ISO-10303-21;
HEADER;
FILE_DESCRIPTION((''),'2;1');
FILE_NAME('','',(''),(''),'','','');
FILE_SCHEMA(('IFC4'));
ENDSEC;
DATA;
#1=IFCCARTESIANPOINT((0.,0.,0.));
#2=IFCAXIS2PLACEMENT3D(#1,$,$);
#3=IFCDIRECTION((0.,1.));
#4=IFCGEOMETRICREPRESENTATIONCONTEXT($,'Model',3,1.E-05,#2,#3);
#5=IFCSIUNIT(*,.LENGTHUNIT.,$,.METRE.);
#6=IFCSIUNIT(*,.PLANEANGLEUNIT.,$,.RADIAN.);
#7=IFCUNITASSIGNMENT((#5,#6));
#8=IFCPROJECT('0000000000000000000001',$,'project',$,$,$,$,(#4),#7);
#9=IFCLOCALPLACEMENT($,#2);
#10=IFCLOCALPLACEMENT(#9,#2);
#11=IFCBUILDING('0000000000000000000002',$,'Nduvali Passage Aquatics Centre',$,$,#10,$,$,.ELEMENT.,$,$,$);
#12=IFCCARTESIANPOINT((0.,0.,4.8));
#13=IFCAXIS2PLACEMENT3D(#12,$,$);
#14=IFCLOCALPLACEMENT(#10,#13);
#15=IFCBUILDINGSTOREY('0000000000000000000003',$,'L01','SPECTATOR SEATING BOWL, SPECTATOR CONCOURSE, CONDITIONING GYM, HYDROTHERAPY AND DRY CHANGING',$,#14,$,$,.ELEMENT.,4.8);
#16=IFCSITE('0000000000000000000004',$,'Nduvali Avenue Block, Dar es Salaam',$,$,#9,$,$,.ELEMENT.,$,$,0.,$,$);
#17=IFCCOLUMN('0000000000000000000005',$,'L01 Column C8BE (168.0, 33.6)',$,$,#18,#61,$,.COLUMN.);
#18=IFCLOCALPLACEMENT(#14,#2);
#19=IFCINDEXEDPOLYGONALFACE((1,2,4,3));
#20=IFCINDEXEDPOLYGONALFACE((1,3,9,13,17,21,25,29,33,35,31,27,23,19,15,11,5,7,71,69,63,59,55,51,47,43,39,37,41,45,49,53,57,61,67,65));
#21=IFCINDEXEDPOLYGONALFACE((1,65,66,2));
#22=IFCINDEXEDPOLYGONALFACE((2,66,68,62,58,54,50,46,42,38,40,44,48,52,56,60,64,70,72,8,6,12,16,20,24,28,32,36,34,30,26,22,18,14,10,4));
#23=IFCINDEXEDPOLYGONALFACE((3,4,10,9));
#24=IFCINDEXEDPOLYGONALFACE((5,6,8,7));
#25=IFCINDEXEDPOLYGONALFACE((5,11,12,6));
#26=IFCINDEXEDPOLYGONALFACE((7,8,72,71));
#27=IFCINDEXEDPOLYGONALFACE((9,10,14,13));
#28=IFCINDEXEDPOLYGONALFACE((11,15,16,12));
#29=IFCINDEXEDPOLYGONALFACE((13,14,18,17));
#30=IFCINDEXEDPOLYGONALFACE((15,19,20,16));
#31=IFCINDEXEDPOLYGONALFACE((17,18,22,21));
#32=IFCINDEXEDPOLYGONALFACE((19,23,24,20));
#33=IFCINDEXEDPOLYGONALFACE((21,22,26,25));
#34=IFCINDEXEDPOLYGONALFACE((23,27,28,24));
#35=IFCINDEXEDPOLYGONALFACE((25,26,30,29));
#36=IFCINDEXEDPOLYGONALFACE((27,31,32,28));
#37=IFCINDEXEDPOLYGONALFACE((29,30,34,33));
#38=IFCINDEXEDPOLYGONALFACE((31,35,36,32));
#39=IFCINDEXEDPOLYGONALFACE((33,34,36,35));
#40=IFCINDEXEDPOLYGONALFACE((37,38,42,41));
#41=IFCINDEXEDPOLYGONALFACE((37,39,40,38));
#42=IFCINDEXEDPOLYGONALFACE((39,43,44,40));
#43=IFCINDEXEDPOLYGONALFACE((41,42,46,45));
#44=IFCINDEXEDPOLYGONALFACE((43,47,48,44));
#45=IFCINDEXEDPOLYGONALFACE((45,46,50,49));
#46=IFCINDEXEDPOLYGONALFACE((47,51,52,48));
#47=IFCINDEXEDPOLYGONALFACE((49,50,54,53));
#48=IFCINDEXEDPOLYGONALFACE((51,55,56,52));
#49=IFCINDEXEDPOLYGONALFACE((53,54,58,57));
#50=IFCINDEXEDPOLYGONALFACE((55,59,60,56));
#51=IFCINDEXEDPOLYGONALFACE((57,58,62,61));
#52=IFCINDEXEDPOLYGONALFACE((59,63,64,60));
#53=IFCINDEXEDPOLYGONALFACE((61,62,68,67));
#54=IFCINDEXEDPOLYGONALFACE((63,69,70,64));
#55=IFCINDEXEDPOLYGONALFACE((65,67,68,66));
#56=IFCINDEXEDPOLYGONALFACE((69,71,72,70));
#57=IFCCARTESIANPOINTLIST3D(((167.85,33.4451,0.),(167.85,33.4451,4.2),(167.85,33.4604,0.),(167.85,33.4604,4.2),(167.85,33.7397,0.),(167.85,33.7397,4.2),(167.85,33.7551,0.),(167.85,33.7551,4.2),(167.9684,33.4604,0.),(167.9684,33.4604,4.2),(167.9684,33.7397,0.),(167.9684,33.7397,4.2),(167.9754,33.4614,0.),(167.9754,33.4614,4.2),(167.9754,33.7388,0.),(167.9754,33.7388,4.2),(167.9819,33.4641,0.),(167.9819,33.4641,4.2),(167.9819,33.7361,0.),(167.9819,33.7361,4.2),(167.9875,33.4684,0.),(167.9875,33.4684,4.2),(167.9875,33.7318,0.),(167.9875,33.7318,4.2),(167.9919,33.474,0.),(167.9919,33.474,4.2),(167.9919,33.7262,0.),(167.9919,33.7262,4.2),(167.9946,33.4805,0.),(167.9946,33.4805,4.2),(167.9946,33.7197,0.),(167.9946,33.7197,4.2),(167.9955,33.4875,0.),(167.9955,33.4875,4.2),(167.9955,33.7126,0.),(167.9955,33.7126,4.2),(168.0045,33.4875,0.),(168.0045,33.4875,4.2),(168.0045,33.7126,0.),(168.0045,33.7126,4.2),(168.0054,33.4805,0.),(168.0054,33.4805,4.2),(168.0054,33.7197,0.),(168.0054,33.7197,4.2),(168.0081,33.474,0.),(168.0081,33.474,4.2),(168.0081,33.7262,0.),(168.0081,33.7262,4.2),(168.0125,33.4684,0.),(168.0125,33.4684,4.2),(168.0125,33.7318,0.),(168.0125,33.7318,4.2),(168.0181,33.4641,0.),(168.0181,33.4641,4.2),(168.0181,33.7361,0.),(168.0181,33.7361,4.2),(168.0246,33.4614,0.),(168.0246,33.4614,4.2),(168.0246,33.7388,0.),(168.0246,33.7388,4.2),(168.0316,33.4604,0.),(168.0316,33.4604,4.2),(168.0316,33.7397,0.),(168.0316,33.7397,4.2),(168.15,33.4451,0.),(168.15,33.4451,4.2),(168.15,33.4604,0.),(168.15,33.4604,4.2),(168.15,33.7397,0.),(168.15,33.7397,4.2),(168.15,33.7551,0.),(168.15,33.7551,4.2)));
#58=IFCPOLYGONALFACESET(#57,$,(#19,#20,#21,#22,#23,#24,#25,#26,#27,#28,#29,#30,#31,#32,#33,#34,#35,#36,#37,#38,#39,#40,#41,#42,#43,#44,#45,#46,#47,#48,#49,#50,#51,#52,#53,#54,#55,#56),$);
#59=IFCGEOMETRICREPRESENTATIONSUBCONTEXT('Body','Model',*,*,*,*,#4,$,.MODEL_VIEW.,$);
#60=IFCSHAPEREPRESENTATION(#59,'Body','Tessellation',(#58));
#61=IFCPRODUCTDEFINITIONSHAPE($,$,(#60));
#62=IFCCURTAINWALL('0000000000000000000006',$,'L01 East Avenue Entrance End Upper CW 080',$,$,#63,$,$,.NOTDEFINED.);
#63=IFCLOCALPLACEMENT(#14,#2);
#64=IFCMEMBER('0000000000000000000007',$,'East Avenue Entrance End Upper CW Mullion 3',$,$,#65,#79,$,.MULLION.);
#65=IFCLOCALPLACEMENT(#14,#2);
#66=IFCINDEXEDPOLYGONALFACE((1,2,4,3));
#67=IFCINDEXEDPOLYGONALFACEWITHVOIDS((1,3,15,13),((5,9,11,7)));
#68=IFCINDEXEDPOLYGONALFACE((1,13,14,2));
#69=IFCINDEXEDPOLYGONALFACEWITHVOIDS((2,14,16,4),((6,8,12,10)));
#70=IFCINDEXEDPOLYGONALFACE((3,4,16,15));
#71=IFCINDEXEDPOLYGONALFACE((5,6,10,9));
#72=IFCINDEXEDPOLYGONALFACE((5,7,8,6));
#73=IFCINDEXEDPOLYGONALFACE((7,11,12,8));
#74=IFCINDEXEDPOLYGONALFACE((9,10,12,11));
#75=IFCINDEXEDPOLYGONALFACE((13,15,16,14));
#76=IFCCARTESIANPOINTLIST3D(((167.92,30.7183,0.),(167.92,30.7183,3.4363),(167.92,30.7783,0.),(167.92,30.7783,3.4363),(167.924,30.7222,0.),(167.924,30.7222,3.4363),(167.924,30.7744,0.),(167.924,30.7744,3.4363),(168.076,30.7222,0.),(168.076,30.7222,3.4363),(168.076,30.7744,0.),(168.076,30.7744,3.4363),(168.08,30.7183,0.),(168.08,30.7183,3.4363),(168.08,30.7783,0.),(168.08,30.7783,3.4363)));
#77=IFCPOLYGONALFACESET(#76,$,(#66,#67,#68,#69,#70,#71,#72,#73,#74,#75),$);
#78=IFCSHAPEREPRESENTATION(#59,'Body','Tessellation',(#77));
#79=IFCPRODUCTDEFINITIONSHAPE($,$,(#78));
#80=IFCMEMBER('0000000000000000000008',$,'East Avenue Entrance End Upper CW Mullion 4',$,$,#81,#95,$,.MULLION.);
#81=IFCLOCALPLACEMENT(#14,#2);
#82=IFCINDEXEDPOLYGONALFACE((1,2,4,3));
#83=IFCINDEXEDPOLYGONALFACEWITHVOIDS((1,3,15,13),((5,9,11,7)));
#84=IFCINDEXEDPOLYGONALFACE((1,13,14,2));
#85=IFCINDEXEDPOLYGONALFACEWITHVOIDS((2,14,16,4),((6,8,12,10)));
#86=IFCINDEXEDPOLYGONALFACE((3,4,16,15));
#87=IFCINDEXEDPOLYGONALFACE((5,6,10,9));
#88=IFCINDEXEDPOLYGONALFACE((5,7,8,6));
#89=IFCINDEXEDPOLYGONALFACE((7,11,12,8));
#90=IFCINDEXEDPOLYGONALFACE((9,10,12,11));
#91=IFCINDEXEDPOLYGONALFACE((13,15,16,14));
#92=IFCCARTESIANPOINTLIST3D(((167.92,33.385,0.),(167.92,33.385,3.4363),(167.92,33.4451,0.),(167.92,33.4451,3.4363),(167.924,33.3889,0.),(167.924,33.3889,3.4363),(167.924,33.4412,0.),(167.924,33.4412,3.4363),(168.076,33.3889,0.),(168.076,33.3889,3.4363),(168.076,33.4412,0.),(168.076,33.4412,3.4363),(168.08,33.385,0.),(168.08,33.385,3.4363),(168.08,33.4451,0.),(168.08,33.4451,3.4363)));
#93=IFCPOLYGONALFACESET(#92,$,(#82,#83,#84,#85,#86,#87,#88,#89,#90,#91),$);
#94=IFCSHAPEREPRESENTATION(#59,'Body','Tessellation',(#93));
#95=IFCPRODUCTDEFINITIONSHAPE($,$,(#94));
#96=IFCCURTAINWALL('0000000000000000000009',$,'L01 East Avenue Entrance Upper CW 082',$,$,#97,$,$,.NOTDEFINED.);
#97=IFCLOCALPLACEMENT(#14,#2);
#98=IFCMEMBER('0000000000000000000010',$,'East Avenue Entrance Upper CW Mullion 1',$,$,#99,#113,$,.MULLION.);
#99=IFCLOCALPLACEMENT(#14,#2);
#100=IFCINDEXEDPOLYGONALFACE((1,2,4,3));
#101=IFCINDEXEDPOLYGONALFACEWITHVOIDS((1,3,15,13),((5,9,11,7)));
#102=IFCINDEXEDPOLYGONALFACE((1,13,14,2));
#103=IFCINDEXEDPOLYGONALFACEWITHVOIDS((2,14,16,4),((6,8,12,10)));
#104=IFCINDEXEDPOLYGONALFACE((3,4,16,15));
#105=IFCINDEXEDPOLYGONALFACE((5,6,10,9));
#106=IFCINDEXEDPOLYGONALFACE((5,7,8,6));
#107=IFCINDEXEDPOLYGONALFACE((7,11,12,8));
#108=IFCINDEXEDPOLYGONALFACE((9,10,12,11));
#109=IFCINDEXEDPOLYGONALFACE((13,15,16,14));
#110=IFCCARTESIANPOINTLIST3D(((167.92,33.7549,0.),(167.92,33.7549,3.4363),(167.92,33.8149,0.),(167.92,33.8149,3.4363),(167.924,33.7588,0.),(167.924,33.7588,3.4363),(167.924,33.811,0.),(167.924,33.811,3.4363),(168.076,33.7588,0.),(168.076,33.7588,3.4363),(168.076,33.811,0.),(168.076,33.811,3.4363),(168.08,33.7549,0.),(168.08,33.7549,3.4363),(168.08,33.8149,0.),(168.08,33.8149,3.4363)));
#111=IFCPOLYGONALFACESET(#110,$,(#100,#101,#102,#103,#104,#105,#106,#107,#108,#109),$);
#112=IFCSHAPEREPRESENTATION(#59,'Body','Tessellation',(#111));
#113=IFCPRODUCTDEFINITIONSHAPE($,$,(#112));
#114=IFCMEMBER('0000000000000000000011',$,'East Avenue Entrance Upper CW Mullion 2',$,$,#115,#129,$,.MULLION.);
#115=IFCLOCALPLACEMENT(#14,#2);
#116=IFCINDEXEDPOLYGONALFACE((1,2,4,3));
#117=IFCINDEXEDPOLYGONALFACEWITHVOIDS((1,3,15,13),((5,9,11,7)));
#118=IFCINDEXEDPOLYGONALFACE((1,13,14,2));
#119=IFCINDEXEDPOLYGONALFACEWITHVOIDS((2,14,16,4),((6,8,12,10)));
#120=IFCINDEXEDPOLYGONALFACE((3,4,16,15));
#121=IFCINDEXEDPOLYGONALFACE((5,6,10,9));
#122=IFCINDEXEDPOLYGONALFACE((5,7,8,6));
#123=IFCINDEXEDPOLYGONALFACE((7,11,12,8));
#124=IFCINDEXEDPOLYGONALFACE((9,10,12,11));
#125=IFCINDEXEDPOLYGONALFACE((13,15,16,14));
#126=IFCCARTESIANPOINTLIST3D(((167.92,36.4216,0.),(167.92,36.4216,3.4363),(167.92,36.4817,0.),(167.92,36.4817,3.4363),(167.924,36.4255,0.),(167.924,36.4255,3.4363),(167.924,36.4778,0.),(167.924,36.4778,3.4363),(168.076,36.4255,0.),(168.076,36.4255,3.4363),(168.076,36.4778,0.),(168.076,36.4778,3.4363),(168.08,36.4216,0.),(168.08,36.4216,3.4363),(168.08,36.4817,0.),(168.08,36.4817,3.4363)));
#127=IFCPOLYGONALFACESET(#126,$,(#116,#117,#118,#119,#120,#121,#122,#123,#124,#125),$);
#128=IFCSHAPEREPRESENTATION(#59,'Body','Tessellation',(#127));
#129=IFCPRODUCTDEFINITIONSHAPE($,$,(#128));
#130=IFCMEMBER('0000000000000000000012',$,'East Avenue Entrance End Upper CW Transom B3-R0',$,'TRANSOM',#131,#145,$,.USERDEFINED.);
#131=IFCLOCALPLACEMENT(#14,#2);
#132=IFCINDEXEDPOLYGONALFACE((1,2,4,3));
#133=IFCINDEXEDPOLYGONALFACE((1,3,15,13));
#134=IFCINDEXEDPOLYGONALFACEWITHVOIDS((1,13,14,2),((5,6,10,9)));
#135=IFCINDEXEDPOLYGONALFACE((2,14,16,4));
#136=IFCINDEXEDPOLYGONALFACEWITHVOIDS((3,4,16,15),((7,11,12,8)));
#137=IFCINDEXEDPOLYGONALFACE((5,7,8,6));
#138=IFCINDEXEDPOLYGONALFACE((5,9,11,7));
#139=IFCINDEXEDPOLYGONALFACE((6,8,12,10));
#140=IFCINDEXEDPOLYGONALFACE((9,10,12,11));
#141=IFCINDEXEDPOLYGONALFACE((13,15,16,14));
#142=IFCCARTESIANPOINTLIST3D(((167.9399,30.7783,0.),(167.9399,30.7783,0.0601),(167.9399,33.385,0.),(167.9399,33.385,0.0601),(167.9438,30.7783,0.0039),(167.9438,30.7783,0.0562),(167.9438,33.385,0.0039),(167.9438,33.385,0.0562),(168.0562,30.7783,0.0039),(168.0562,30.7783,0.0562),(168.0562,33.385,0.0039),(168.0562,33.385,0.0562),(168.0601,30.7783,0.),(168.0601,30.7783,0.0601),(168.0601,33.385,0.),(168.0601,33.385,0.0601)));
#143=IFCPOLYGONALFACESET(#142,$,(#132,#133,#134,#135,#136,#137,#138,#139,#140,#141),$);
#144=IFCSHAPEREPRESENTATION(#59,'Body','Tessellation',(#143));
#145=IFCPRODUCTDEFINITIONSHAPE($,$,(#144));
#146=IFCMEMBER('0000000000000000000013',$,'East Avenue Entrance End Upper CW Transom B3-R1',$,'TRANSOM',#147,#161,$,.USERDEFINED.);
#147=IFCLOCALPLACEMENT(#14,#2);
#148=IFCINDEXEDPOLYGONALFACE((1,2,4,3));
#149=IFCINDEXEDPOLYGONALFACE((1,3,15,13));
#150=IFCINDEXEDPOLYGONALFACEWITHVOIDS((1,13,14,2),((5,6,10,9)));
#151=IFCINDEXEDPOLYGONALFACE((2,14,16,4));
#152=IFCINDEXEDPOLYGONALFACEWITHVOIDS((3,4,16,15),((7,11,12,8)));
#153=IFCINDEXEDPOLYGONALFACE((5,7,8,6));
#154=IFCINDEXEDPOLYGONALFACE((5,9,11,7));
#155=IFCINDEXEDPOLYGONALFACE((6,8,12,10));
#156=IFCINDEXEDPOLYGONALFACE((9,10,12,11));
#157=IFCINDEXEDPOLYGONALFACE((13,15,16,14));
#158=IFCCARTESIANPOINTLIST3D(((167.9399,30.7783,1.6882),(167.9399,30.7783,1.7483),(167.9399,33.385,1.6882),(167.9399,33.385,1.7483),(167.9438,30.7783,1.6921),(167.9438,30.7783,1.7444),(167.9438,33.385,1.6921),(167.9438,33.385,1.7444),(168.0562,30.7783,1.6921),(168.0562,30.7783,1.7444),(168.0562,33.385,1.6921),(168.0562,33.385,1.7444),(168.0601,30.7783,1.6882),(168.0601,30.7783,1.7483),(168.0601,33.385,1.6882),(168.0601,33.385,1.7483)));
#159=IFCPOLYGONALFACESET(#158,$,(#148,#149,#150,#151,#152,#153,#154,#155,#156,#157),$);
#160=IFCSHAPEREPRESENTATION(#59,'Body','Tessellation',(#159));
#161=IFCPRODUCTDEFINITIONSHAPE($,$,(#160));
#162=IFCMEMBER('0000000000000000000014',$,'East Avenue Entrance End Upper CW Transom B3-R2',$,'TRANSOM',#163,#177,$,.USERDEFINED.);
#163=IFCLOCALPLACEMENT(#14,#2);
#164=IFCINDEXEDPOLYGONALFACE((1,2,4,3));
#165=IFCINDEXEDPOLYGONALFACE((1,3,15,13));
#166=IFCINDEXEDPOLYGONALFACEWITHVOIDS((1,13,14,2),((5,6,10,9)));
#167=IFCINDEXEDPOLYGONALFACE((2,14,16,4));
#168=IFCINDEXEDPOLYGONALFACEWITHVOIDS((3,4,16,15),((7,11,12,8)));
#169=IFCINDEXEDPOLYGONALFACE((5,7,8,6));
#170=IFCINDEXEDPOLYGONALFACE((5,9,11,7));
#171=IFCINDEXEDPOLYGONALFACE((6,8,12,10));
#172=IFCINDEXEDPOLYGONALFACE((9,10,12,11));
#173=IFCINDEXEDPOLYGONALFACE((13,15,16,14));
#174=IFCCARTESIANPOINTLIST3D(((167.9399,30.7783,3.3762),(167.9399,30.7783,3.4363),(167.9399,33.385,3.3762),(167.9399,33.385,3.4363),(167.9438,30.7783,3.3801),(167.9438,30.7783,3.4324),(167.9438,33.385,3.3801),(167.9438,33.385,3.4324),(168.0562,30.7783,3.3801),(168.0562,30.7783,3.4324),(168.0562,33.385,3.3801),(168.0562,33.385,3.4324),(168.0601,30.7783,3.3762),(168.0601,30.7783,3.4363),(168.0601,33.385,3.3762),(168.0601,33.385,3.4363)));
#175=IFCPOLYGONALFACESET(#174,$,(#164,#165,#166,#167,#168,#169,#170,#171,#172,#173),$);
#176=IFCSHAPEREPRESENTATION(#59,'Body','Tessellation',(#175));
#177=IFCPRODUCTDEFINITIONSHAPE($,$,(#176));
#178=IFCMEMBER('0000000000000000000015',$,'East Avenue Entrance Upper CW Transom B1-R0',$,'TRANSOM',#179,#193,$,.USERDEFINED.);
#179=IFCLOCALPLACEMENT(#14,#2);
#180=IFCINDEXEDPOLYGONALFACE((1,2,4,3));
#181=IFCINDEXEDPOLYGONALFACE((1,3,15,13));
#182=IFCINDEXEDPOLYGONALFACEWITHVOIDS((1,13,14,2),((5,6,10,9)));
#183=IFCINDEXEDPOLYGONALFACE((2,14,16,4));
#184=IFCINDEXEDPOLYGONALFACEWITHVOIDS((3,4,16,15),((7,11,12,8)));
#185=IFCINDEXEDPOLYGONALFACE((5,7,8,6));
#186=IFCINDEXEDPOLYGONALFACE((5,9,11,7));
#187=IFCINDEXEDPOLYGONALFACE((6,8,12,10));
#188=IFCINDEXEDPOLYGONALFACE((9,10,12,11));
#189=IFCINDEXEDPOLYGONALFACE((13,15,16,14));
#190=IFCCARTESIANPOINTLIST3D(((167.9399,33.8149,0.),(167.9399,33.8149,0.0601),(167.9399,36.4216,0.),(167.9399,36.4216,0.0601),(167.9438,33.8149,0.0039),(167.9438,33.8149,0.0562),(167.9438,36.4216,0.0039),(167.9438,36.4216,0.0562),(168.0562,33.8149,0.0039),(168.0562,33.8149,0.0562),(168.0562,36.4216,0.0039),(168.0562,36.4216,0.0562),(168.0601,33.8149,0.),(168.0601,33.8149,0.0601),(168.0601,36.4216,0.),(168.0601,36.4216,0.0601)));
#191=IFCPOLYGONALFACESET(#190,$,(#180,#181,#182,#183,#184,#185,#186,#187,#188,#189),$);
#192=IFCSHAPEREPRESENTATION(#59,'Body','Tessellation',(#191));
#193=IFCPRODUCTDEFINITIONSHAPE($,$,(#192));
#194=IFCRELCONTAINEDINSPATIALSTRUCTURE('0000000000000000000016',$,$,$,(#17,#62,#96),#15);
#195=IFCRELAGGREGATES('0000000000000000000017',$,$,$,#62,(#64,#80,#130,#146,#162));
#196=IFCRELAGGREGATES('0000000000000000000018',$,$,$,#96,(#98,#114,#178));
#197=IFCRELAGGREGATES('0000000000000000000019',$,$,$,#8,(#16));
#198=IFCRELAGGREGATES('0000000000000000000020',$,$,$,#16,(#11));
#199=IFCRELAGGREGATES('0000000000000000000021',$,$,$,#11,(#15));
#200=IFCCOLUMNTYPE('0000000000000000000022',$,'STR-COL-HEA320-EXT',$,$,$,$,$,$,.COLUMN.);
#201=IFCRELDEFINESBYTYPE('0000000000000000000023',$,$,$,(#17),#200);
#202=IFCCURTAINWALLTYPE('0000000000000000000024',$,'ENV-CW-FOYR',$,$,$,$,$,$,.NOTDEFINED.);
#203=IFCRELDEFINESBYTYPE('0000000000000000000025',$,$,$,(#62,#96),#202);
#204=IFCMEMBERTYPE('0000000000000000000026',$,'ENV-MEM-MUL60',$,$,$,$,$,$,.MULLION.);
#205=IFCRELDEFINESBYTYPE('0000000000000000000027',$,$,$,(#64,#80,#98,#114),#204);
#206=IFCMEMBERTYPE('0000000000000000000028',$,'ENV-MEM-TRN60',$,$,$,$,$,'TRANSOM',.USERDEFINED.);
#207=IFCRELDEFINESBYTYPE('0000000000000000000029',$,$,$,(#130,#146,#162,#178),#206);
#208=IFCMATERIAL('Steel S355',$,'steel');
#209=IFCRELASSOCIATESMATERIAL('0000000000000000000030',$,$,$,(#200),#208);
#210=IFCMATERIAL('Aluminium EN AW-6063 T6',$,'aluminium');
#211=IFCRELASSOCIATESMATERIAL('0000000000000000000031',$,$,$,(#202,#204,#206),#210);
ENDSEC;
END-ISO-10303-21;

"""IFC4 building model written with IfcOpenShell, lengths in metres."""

from ifc_helpers import new_model, si_unit, direction, frame, origin, origin_2d, place, context, subcontext, project, spatial, hollow_rectangle, i_section, extrude, material, material_profile, profile_set, type_object, element, aggregate, save


model = new_model("IFC4")

# Units and contexts
model_context = context("Model", 3, precision=1e-05, world=origin(), true_north=direction((0.0, 1.0)))
body_context = subcontext(model_context, "Body", "Model", "MODEL_VIEW")
ifc_project = project(units=[si_unit("LENGTHUNIT", "METRE"), si_unit("PLANEANGLEUNIT", "RADIAN")], contexts=[model_context])

# Site, building, storey
site_placement = place(None, origin())
site = spatial("IfcSite", under=ifc_project, at=site_placement, Name="Nduvali Avenue Block, Dar es Salaam", CompositionType="ELEMENT", RefElevation=0.0)
building_placement = place(site_placement, origin())
building = spatial("IfcBuilding", under=site, at=building_placement, Name="Nduvali Passage Aquatics Centre", CompositionType="ELEMENT")
storey_placement = place(building_placement, frame((0.0, 0.0, 4.8)))
storey = spatial("IfcBuildingStorey", under=building, at=storey_placement, Name="L01", Description="SPECTATOR SEATING BOWL, SPECTATOR CONCOURSE, CONDITIONING GYM, HYDROTHERAPY AND DRY CHANGING", CompositionType="ELEMENT", Elevation=4.8)

# Column
ifc_material_1 = material(Name="Steel S355", Category="steel")
ifc_material_profile_1 = material_profile(ifc_material_1, i_section(OverallWidth=0.3, OverallDepth=0.3101, WebThickness=0.009, FlangeThickness=0.0154, FilletRadius=0.0271, at=origin_2d()), Name="HEA 320")
ifc_profile_set_1 = profile_set([ifc_material_profile_1], Name="Steel S355")
column_type = type_object("IfcColumnType", Name="STR-COL-HEA320-EXT", PredefinedType="COLUMN", material=ifc_profile_set_1)
column_placement = place(storey_placement, frame((168.0, 33.6001, 0.0), z_axis=(0.0, 0.0, 1.0), x_axis=(1.0, 0.0, 0.0)))
element("IfcColumn", 1, at=column_placement, inside=storey, type_object=column_type, Name="L01 Column C8BE (168.0, 33.6)", PredefinedType="COLUMN", context=body_context, shape_type="SweptSolid", body=[
    extrude(i_section(OverallWidth=0.3, OverallDepth=0.3101, WebThickness=0.009, FlangeThickness=0.0154, FilletRadius=0.0271, at=origin_2d()), origin(), (0.0, 0.0, 1.0), 4.2),
])

# Curtain walls, members
ifc_material_2 = material(Name="Aluminium EN AW-6063 T6", Category="aluminium")
curtain_wall_type = type_object("IfcCurtainWallType", Name="ENV-CW-FOYR", PredefinedType="NOTDEFINED", material=ifc_material_2)
curtain_wall_1_placement = place(storey_placement, origin())
curtain_wall_1 = element("IfcCurtainWall", 2, at=curtain_wall_1_placement, inside=storey, type_object=curtain_wall_type, Name="L01 East Avenue Entrance End Upper CW 080", PredefinedType="NOTDEFINED")
ifc_material_profile_2 = material_profile(ifc_material_2, hollow_rectangle(XDim=0.0601, YDim=0.1599, WallThickness=0.0039, at=origin_2d()), Name="ALU MULLION 60x160x4")
ifc_profile_set_2 = profile_set([ifc_material_profile_2], Name="Aluminium EN AW-6063 T6")
member_type_1 = type_object("IfcMemberType", Name="ENV-MEM-MUL60", PredefinedType="MULLION", material=ifc_profile_set_2)
member_1_placement = place(storey_placement, frame((168.0, 30.7483, 0.0), z_axis=(0.0, 0.0, 1.0), x_axis=(0.0, 1.0, 0.0)))
member_1 = element("IfcMember", 3, at=member_1_placement, type_object=member_type_1, Name="East Avenue Entrance End Upper CW Mullion 3", PredefinedType="MULLION", context=body_context, shape_type="SweptSolid", body=[
    extrude(hollow_rectangle(XDim=0.0601, YDim=0.1599, WallThickness=0.0039, at=origin_2d()), origin(), (0.0, 0.0, 1.0), 3.4363),
])
member_2_placement = place(storey_placement, frame((168.0, 33.415, 0.0), z_axis=(0.0, 0.0, 1.0), x_axis=(0.0, 1.0, 0.0)))
member_2 = element("IfcMember", 4, at=member_2_placement, type_object=member_type_1, Name="East Avenue Entrance End Upper CW Mullion 4", PredefinedType="MULLION", context=body_context, shape_type="SweptSolid", body=[
    extrude(hollow_rectangle(XDim=0.0601, YDim=0.1599, WallThickness=0.0039, at=origin_2d()), origin(), (0.0, 0.0, 1.0), 3.4363),
])
curtain_wall_2_placement = place(storey_placement, origin())
curtain_wall_2 = element("IfcCurtainWall", 5, at=curtain_wall_2_placement, inside=storey, type_object=curtain_wall_type, Name="L01 East Avenue Entrance Upper CW 082", PredefinedType="NOTDEFINED")
member_3_placement = place(storey_placement, frame((168.0, 33.7849, 0.0), z_axis=(0.0, 0.0, 1.0), x_axis=(0.0, 1.0, 0.0)))
member_3 = element("IfcMember", 6, at=member_3_placement, type_object=member_type_1, Name="East Avenue Entrance Upper CW Mullion 1", PredefinedType="MULLION", context=body_context, shape_type="SweptSolid", body=[
    extrude(hollow_rectangle(XDim=0.0601, YDim=0.1599, WallThickness=0.0039, at=origin_2d()), origin(), (0.0, 0.0, 1.0), 3.4363),
])
member_4_placement = place(storey_placement, frame((168.0, 36.4517, 0.0), z_axis=(0.0, 0.0, 1.0), x_axis=(0.0, 1.0, 0.0)))
member_4 = element("IfcMember", 7, at=member_4_placement, type_object=member_type_1, Name="East Avenue Entrance Upper CW Mullion 2", PredefinedType="MULLION", context=body_context, shape_type="SweptSolid", body=[
    extrude(hollow_rectangle(XDim=0.0601, YDim=0.1599, WallThickness=0.0039, at=origin_2d()), origin(), (0.0, 0.0, 1.0), 3.4363),
])

# Members
ifc_material_profile_3 = material_profile(ifc_material_2, hollow_rectangle(XDim=0.1201, YDim=0.0601, WallThickness=0.0039, at=origin_2d()), Name="ALU TRANSOM 120x60x4")
ifc_profile_set_3 = profile_set([ifc_material_profile_3], Name="Aluminium EN AW-6063 T6")
member_type_2 = type_object("IfcMemberType", Name="ENV-MEM-TRN60", ElementType="TRANSOM", PredefinedType="USERDEFINED", material=ifc_profile_set_3)
member_5_placement = place(storey_placement, frame((168.0, 30.7783, 0.03), z_axis=(0.0, 1.0, 0.0), x_axis=(-1.0, 0.0, 0.0)))
member_5 = element("IfcMember", 8, at=member_5_placement, type_object=member_type_2, Name="East Avenue Entrance End Upper CW Transom B3-R0", ObjectType="TRANSOM", PredefinedType="USERDEFINED", context=body_context, shape_type="SweptSolid", body=[
    extrude(hollow_rectangle(XDim=0.1201, YDim=0.0601, WallThickness=0.0039, at=origin_2d()), origin(), (0.0, 0.0, 1.0), 2.6067),
])
member_6_placement = place(storey_placement, frame((168.0, 30.7783, 1.7183), z_axis=(0.0, 1.0, 0.0), x_axis=(-1.0, 0.0, 0.0)))
member_6 = element("IfcMember", 9, at=member_6_placement, type_object=member_type_2, Name="East Avenue Entrance End Upper CW Transom B3-R1", ObjectType="TRANSOM", PredefinedType="USERDEFINED", context=body_context, shape_type="SweptSolid", body=[
    extrude(hollow_rectangle(XDim=0.1201, YDim=0.0601, WallThickness=0.0039, at=origin_2d()), origin(), (0.0, 0.0, 1.0), 2.6067),
])
member_7_placement = place(storey_placement, frame((168.0, 30.7783, 3.4062), z_axis=(0.0, 1.0, 0.0), x_axis=(-1.0, 0.0, 0.0)))
member_7 = element("IfcMember", 10, at=member_7_placement, type_object=member_type_2, Name="East Avenue Entrance End Upper CW Transom B3-R2", ObjectType="TRANSOM", PredefinedType="USERDEFINED", context=body_context, shape_type="SweptSolid", body=[
    extrude(hollow_rectangle(XDim=0.1201, YDim=0.0601, WallThickness=0.0039, at=origin_2d()), origin(), (0.0, 0.0, 1.0), 2.6067),
])
member_8_placement = place(storey_placement, frame((168.0, 33.8149, 0.03), z_axis=(0.0, 1.0, 0.0), x_axis=(-1.0, 0.0, 0.0)))
member_8 = element("IfcMember", 11, at=member_8_placement, type_object=member_type_2, Name="East Avenue Entrance Upper CW Transom B1-R0", ObjectType="TRANSOM", PredefinedType="USERDEFINED", context=body_context, shape_type="SweptSolid", body=[
    extrude(hollow_rectangle(XDim=0.1201, YDim=0.0601, WallThickness=0.0039, at=origin_2d()), origin(), (0.0, 0.0, 1.0), 2.6067),
])

aggregate(curtain_wall_1, [member_1, member_2, member_5, member_6, member_7])
aggregate(curtain_wall_2, [member_3, member_4, member_8])

save(model, "model.ifc")
